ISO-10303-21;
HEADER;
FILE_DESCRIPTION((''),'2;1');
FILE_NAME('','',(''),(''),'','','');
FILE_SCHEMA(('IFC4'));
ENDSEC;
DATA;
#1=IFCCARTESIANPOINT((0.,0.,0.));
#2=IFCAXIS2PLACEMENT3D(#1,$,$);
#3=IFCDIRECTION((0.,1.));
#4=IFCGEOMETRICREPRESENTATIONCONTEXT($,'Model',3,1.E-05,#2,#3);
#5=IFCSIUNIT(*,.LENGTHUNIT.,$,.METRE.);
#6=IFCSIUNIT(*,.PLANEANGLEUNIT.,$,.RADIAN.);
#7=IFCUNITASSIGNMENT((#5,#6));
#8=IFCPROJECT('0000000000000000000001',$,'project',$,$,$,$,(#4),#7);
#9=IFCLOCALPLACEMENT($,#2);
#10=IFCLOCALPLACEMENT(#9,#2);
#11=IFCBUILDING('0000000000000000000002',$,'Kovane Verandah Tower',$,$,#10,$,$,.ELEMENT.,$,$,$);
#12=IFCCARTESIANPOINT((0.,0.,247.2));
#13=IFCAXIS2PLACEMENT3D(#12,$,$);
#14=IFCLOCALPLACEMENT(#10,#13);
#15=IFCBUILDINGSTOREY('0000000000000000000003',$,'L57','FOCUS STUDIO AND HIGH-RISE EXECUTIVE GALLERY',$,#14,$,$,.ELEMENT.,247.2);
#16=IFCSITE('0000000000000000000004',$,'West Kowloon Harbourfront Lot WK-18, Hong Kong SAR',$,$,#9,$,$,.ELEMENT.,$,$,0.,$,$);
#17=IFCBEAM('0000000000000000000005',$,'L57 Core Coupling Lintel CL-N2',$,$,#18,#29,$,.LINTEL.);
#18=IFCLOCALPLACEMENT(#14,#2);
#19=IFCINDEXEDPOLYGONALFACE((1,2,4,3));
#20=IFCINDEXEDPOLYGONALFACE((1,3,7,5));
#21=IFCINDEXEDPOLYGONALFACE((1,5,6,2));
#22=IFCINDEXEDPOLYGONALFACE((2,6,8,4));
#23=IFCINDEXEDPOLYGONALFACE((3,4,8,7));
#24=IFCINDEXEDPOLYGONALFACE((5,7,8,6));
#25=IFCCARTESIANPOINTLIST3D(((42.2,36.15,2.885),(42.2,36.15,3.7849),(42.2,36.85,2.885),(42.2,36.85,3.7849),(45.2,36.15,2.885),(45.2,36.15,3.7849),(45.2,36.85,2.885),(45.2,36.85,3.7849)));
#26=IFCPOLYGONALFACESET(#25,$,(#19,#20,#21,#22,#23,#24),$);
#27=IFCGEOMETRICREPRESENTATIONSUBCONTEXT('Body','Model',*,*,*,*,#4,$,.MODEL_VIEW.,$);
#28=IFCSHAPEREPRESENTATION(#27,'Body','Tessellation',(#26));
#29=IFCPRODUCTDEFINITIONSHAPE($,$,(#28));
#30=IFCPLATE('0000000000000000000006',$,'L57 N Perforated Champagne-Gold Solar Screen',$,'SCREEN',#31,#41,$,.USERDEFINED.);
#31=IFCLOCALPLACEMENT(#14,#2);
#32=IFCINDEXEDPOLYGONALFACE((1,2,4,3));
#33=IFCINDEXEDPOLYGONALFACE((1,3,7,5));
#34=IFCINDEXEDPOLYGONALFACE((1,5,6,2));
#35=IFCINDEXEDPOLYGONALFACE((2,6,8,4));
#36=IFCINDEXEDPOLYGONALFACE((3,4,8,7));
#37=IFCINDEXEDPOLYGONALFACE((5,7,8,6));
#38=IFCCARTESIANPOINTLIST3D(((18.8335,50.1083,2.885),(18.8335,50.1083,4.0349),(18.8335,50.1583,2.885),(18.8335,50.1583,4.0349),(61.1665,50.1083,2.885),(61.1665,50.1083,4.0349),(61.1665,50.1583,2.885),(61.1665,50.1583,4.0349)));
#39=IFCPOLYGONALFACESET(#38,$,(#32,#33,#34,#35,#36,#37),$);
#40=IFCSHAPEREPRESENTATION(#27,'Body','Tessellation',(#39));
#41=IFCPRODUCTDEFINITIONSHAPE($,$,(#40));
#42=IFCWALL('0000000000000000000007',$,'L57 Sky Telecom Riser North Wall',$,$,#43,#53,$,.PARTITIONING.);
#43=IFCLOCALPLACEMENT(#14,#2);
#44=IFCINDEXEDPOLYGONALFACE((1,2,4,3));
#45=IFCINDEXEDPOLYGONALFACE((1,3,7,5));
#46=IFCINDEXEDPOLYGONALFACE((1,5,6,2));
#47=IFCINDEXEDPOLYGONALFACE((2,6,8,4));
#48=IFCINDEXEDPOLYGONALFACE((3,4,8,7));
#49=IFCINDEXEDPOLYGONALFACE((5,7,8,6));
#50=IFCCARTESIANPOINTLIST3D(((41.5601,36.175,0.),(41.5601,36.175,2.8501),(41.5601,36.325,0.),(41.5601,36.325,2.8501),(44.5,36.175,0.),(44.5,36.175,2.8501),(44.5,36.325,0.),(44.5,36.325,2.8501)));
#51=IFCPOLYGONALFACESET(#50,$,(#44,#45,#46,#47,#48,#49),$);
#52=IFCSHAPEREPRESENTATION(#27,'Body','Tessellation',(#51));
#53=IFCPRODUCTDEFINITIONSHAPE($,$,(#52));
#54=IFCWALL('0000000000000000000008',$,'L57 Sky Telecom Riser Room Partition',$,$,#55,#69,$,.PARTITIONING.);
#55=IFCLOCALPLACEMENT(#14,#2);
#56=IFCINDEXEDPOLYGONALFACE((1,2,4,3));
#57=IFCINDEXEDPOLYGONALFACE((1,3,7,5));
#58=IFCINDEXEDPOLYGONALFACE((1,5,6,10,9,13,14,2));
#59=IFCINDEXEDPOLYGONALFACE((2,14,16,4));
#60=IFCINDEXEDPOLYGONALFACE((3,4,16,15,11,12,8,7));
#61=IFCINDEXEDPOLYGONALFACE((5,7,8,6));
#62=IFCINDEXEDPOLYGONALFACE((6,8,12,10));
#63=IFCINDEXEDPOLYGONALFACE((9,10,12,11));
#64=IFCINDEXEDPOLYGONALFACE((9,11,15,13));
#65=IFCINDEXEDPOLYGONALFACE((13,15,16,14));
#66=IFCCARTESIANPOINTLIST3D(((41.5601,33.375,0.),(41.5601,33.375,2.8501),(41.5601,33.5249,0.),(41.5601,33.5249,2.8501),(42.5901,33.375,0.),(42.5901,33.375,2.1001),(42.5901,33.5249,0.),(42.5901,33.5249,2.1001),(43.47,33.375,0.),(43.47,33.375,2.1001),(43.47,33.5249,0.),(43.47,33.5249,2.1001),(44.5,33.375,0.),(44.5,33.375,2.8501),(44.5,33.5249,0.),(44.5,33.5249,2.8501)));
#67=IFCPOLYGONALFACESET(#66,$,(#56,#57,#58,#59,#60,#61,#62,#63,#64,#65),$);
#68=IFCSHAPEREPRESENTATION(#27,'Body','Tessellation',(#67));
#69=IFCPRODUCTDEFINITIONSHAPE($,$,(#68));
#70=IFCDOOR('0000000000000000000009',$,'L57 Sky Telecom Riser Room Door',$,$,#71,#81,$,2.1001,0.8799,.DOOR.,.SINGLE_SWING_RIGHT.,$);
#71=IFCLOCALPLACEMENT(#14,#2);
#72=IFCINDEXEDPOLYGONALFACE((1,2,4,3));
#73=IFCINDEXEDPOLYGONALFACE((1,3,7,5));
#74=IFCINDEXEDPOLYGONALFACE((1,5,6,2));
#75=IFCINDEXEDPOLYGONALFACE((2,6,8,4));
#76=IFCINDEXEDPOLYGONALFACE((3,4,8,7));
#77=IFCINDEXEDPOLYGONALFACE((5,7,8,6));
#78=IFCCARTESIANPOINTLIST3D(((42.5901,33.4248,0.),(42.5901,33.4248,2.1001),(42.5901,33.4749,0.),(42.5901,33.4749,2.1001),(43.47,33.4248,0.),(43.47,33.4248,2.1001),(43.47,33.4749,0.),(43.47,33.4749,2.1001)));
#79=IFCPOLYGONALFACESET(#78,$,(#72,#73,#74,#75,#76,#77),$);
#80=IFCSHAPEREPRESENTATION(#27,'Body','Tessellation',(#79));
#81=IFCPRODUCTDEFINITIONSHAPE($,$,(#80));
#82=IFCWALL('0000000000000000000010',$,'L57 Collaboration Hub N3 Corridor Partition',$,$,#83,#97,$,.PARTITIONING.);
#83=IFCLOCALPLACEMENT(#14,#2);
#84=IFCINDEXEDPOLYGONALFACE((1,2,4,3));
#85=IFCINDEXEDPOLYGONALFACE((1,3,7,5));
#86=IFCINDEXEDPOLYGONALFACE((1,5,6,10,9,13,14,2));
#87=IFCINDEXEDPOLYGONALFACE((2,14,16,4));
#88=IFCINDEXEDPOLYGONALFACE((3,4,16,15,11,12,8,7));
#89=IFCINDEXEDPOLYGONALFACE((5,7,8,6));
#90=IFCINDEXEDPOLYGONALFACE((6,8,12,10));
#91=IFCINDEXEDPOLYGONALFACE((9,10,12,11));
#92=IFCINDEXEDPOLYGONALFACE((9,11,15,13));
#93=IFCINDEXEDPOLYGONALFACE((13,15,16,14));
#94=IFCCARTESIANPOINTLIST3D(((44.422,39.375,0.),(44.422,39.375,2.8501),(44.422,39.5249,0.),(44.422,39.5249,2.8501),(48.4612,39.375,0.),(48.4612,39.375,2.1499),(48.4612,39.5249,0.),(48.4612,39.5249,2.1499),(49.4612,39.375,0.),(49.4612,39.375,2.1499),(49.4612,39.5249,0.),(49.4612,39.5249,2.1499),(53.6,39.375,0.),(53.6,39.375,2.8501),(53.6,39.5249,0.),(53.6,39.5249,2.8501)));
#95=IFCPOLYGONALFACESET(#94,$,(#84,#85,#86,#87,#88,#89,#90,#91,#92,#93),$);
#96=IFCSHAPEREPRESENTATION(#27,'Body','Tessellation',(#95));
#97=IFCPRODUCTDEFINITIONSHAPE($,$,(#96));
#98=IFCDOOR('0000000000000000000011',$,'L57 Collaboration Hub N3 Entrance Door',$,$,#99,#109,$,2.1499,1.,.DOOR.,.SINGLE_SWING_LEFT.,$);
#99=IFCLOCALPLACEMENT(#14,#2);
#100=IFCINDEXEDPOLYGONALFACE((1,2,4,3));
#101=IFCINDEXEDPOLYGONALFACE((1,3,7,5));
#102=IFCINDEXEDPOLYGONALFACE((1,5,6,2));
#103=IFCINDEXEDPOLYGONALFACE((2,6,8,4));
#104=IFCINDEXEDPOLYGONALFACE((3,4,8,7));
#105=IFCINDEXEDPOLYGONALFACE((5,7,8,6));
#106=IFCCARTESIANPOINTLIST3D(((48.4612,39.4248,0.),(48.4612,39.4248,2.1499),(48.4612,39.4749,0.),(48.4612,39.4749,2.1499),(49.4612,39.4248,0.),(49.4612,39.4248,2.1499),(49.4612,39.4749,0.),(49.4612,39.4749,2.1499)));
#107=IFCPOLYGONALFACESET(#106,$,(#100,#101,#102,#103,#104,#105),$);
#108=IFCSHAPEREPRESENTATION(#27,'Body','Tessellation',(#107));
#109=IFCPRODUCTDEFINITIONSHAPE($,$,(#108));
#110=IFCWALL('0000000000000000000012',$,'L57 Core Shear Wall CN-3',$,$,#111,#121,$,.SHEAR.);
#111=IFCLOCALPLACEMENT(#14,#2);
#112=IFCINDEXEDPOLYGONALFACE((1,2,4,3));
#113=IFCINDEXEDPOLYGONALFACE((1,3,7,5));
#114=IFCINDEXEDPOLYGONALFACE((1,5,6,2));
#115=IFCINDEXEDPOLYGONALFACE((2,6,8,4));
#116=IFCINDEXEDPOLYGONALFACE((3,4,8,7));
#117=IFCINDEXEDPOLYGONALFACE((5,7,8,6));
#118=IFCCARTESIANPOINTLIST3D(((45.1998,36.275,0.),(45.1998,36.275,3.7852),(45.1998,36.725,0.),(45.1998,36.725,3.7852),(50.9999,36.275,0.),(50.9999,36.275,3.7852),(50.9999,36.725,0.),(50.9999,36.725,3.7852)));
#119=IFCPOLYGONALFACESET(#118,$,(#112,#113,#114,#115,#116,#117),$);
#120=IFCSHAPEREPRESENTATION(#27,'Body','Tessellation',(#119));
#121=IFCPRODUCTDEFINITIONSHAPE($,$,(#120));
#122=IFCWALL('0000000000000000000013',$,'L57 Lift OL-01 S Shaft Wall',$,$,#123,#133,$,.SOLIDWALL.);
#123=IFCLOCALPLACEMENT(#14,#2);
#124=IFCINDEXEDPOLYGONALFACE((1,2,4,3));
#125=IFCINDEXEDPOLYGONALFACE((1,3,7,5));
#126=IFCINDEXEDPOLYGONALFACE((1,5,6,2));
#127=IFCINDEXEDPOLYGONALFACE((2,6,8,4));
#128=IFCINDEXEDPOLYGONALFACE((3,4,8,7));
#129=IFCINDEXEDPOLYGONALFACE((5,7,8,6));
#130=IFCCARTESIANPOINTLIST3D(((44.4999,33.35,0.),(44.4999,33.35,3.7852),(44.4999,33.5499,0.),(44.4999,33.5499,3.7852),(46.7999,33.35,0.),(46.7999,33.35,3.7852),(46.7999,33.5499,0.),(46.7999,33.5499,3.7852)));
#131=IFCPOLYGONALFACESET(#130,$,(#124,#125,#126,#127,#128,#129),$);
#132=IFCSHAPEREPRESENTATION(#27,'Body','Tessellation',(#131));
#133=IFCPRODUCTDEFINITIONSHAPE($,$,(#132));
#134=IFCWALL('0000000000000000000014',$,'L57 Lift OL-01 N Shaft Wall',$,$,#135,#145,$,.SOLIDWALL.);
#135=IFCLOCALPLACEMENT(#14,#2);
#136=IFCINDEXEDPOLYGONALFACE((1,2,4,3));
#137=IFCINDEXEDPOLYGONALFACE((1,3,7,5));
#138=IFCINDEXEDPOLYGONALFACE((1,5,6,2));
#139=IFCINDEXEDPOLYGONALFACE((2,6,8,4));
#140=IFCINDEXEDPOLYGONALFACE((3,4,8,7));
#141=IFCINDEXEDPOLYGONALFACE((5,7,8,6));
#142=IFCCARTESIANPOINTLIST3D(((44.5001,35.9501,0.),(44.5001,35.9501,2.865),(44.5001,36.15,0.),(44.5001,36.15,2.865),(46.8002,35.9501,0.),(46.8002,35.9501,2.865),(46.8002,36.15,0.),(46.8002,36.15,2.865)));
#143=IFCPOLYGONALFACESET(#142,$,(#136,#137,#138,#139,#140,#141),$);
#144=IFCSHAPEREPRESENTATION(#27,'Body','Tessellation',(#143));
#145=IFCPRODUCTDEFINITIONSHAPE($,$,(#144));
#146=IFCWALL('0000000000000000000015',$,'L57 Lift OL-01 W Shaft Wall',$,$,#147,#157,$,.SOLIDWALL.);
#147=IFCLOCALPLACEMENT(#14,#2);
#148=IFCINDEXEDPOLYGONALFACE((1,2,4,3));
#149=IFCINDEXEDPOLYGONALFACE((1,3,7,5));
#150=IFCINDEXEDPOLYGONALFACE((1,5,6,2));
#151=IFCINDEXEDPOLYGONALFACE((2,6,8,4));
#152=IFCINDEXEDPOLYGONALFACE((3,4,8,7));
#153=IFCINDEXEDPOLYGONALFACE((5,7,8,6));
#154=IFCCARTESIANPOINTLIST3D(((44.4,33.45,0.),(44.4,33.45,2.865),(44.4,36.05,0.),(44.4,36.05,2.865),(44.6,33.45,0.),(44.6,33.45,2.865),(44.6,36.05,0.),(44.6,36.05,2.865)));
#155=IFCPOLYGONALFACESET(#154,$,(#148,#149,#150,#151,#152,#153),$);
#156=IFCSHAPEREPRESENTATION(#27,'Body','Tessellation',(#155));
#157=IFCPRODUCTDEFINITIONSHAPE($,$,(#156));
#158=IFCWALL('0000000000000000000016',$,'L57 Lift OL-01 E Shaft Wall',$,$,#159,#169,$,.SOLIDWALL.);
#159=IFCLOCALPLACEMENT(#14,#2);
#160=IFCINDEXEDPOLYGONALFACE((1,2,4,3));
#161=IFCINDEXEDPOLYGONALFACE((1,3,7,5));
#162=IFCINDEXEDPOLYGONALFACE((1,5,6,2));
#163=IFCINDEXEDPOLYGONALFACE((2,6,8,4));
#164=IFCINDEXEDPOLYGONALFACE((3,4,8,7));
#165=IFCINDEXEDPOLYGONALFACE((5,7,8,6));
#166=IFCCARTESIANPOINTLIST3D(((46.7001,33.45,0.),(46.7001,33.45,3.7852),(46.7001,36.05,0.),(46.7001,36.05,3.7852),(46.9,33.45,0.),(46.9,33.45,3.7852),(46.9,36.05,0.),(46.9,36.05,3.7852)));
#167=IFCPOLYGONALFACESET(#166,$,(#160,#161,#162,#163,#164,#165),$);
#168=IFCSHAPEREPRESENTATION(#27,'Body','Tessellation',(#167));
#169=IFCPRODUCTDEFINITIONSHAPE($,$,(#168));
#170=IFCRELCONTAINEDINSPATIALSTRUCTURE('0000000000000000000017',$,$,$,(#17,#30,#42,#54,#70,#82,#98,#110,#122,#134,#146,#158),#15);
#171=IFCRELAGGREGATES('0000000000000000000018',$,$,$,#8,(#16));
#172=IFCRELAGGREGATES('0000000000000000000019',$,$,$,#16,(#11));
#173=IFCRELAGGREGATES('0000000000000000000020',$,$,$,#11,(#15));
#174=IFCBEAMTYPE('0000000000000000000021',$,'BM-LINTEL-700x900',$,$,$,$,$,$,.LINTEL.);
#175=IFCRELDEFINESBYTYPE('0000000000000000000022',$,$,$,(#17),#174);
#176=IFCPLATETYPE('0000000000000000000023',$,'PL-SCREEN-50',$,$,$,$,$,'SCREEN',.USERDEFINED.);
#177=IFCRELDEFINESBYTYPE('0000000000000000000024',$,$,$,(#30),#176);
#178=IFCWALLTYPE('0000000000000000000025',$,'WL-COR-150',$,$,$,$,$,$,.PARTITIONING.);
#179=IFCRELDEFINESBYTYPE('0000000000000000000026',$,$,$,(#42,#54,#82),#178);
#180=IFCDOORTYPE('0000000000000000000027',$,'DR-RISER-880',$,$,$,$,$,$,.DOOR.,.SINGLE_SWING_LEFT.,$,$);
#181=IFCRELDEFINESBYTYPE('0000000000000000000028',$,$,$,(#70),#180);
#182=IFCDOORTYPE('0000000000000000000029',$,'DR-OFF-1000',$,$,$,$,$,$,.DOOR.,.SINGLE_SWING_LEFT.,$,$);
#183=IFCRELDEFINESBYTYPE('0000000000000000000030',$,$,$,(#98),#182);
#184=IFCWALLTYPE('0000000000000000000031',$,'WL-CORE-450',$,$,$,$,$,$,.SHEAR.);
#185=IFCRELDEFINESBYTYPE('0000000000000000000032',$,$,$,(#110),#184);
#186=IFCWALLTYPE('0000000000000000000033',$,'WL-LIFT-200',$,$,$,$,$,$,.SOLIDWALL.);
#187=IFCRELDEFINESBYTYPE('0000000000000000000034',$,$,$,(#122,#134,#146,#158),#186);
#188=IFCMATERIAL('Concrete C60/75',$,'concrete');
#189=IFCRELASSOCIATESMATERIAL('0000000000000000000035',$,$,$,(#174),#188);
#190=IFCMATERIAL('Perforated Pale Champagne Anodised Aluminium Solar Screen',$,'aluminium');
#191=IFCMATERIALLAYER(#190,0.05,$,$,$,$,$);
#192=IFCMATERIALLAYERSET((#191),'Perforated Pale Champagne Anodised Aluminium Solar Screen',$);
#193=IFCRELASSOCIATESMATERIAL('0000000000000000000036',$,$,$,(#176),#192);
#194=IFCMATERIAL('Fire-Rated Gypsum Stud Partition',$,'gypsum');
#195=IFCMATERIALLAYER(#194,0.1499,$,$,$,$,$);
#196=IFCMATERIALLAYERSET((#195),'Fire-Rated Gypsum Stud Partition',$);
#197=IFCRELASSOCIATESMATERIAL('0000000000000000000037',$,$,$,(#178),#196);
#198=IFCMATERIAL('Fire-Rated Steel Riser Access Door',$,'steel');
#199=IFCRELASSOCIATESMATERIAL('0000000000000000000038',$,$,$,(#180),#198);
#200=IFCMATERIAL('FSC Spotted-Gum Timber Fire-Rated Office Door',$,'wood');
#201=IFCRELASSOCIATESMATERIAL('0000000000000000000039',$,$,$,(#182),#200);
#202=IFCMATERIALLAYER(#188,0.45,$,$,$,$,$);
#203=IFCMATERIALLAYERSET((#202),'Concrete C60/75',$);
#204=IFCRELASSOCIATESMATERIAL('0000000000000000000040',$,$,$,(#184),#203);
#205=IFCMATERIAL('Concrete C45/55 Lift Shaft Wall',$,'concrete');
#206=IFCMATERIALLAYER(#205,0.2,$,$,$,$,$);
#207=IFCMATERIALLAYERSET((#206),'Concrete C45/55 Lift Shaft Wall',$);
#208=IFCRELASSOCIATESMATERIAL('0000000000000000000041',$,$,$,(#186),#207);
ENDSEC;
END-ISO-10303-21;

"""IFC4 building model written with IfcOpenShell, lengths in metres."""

from ifc_helpers import new_model, si_unit, direction, frame, frame_2d, origin, origin_2d, place, context, subcontext, project, spatial, rectangle, extrude, material, layer, layer_set, material_profile, profile_set, type_object, element, fill, save


model = new_model("IFC4")

# Units and contexts
model_context = context("Model", 3, precision=1e-05, world=origin(), true_north=direction((0.0, 1.0)))
body_context = subcontext(model_context, "Body", "Model", "MODEL_VIEW")
ifc_project = project(units=[si_unit("LENGTHUNIT", "METRE"), si_unit("PLANEANGLEUNIT", "RADIAN")], contexts=[model_context])

# Site, building, storey
site_placement = place(None, origin())
site = spatial("IfcSite", under=ifc_project, at=site_placement, Name="West Kowloon Harbourfront Lot WK-18, Hong Kong SAR", CompositionType="ELEMENT", RefElevation=0.0)
building_placement = place(site_placement, origin())
building = spatial("IfcBuilding", under=site, at=building_placement, Name="Kovane Verandah Tower", CompositionType="ELEMENT")
storey_placement = place(building_placement, frame((0.0, 0.0, 247.2)))
storey = spatial("IfcBuildingStorey", under=building, at=storey_placement, Name="L57", Description="FOCUS STUDIO AND HIGH-RISE EXECUTIVE GALLERY", CompositionType="ELEMENT", Elevation=247.2)

# Beam
ifc_material_1 = material(Name="Concrete C60/75", Category="concrete")
ifc_material_profile = material_profile(ifc_material_1, rectangle(XDim=0.7, YDim=0.8999, at=origin_2d()), Name="RCB700x900")
ifc_profile_set = profile_set([ifc_material_profile], Name="Concrete C60/75")
beam_type = type_object("IfcBeamType", Name="BM-LINTEL-700x900", PredefinedType="LINTEL", material=ifc_profile_set)
beam_placement = place(storey_placement, frame((42.2, 36.5, 3.335), z_axis=(1.0, 0.0, 0.0), x_axis=(0.0, 1.0, 0.0)))
element("IfcBeam", 1, at=beam_placement, inside=storey, type_object=beam_type, Name="L57 Core Coupling Lintel CL-N2", PredefinedType="LINTEL", context=body_context, shape_type="SweptSolid", body=[
    extrude(rectangle(XDim=0.7, YDim=0.8999, at=origin_2d()), origin(), (0.0, 0.0, 1.0), 3.0),
])

# Plate
ifc_material_2 = material(Name="Perforated Pale Champagne Anodised Aluminium Solar Screen", Category="aluminium")
ifc_layer_1 = layer(ifc_material_2, 0.05)
ifc_layer_set_1 = layer_set([ifc_layer_1], Name="Perforated Pale Champagne Anodised Aluminium Solar Screen")
plate_type = type_object("IfcPlateType", Name="PL-SCREEN-50", ElementType="SCREEN", PredefinedType="USERDEFINED", material=ifc_layer_set_1)
plate_placement = place(storey_placement, frame((40.0, 50.1333, 2.885), z_axis=(0.0, 0.0, 1.0), x_axis=(-1.0, 0.0, 0.0)))
element("IfcPlate", 2, at=plate_placement, inside=storey, type_object=plate_type, Name="L57 N Perforated Champagne-Gold Solar Screen", ObjectType="SCREEN", PredefinedType="USERDEFINED", context=body_context, shape_type="SweptSolid", body=[
    extrude(rectangle(XDim=42.333, YDim=0.05, at=origin_2d()), origin(), (0.0, 0.0, 1.0), 1.1499),
])

# Wall
ifc_material_3 = material(Name="Fire-Rated Gypsum Stud Partition", Category="gypsum")
ifc_layer_2 = layer(ifc_material_3, 0.1499)
ifc_layer_set_2 = layer_set([ifc_layer_2], Name="Fire-Rated Gypsum Stud Partition")
wall_type_1 = type_object("IfcWallType", Name="WL-COR-150", PredefinedType="PARTITIONING", material=ifc_layer_set_2)
wall_1_placement = place(storey_placement, frame((41.5601, 36.25, 0.0), z_axis=(0.0, 0.0, 1.0), x_axis=(1.0, 0.0, 0.0)))
element("IfcWall", 3, at=wall_1_placement, inside=storey, type_object=wall_type_1, Name="L57 Sky Telecom Riser North Wall", PredefinedType="PARTITIONING", context=body_context, shape_type="SweptSolid", body=[
    extrude(rectangle(XDim=2.9399, YDim=0.1499, at=frame_2d((1.47, 0.0))), origin(), (0.0, 0.0, 1.0), 2.8501),
])

# Walls, openings, doors
wall_2_placement = place(storey_placement, frame((41.5601, 33.45, 0.0), z_axis=(0.0, 0.0, 1.0), x_axis=(1.0, 0.0, 0.0)))
wall_2 = element("IfcWall", 4, at=wall_2_placement, inside=storey, type_object=wall_type_1, Name="L57 Sky Telecom Riser Room Partition", PredefinedType="PARTITIONING", context=body_context, shape_type="SweptSolid", body=[
    extrude(rectangle(XDim=2.9399, YDim=0.1499, at=frame_2d((1.47, 0.0))), origin(), (0.0, 0.0, 1.0), 2.8501),
])
opening_1_placement = place(wall_2_placement, frame((1.03, 0.0, 0.0)))
opening_1 = element("IfcOpeningElement", 5, at=opening_1_placement, cuts=wall_2, PredefinedType="OPENING", context=body_context, shape_type="SweptSolid", body=[
    extrude(rectangle(XDim=0.8799, YDim=2.1001, at=frame_2d((0.4399, 1.05))), frame((0.0, 0.075, 0.0), z_axis=(0.0, -1.0, 0.0), x_axis=(1.0, 0.0, 0.0)), (0.0, 0.0, 1.0), 0.1499),
])
ifc_material_4 = material(Name="Fire-Rated Steel Riser Access Door", Category="steel")
door_type_1 = type_object("IfcDoorType", Name="DR-RISER-880", OperationType="SINGLE_SWING_LEFT", PredefinedType="DOOR", material=ifc_material_4)
door_1_placement = place(opening_1_placement, origin())
door_1 = element("IfcDoor", 6, at=door_1_placement, inside=storey, type_object=door_type_1, Name="L57 Sky Telecom Riser Room Door", OperationType="SINGLE_SWING_RIGHT", OverallHeight=2.1001, OverallWidth=0.8799, PredefinedType="DOOR", context=body_context, shape_type="SweptSolid", body=[
    extrude(rectangle(XDim=0.8799, YDim=2.1001, at=frame_2d((0.4399, 1.05))), frame((0.0, 0.0249, 0.0), z_axis=(0.0, -1.0, 0.0), x_axis=(1.0, 0.0, 0.0)), (0.0, 0.0, 1.0), 0.05),
])
fill(opening_1, door_1)
wall_3_placement = place(storey_placement, frame((44.4221, 39.45, 0.0), z_axis=(0.0, 0.0, 1.0), x_axis=(1.0, 0.0, 0.0)))
wall_3 = element("IfcWall", 7, at=wall_3_placement, inside=storey, type_object=wall_type_1, Name="L57 Collaboration Hub N3 Corridor Partition", PredefinedType="PARTITIONING", context=body_context, shape_type="SweptSolid", body=[
    extrude(rectangle(XDim=9.178, YDim=0.1499, at=frame_2d((4.5889, 0.0))), origin(), (0.0, 0.0, 1.0), 2.8501),
])
opening_2_placement = place(wall_3_placement, frame((4.0391, 0.0, 0.0)))
opening_2 = element("IfcOpeningElement", 8, at=opening_2_placement, cuts=wall_3, PredefinedType="OPENING", context=body_context, shape_type="SweptSolid", body=[
    extrude(rectangle(XDim=1.0, YDim=2.1499, at=frame_2d((0.5, 1.075))), frame((0.0, 0.075, 0.0), z_axis=(0.0, -1.0, 0.0), x_axis=(1.0, 0.0, 0.0)), (0.0, 0.0, 1.0), 0.1499),
])
ifc_material_5 = material(Name="FSC Spotted-Gum Timber Fire-Rated Office Door", Category="wood")
door_type_2 = type_object("IfcDoorType", Name="DR-OFF-1000", OperationType="SINGLE_SWING_LEFT", PredefinedType="DOOR", material=ifc_material_5)
door_2_placement = place(opening_2_placement, origin())
door_2 = element("IfcDoor", 9, at=door_2_placement, inside=storey, type_object=door_type_2, Name="L57 Collaboration Hub N3 Entrance Door", OperationType="SINGLE_SWING_LEFT", OverallHeight=2.1499, OverallWidth=1.0, PredefinedType="DOOR", context=body_context, shape_type="SweptSolid", body=[
    extrude(rectangle(XDim=1.0, YDim=2.1499, at=frame_2d((0.5, 1.075))), frame((0.0, 0.0249, 0.0), z_axis=(0.0, -1.0, 0.0), x_axis=(1.0, 0.0, 0.0)), (0.0, 0.0, 1.0), 0.05),
])
fill(opening_2, door_2)

# Walls
ifc_layer_3 = layer(ifc_material_1, 0.45)
ifc_layer_set_3 = layer_set([ifc_layer_3], Name="Concrete C60/75")
wall_type_2 = type_object("IfcWallType", Name="WL-CORE-450", PredefinedType="SHEAR", material=ifc_layer_set_3)
wall_4_placement = place(storey_placement, frame((45.2, 36.5, 0.0), z_axis=(0.0, 0.0, 1.0), x_axis=(1.0, 0.0, 0.0)))
element("IfcWall", 10, at=wall_4_placement, inside=storey, type_object=wall_type_2, Name="L57 Core Shear Wall CN-3", PredefinedType="SHEAR", context=body_context, shape_type="SweptSolid", body=[
    extrude(rectangle(XDim=5.8, YDim=0.45, at=frame_2d((2.8999, 0.0))), origin(), (0.0, 0.0, 1.0), 3.7852),
])
ifc_material_6 = material(Name="Concrete C45/55 Lift Shaft Wall", Category="concrete")
ifc_layer_4 = layer(ifc_material_6, 0.2)
ifc_layer_set_4 = layer_set([ifc_layer_4], Name="Concrete C45/55 Lift Shaft Wall")
wall_type_3 = type_object("IfcWallType", Name="WL-LIFT-200", PredefinedType="SOLIDWALL", material=ifc_layer_set_4)
wall_5_placement = place(storey_placement, frame((44.5, 33.45, 0.0), z_axis=(0.0, 0.0, 1.0), x_axis=(1.0, 0.0, 0.0)))
element("IfcWall", 11, at=wall_5_placement, inside=storey, type_object=wall_type_3, Name="L57 Lift OL-01 S Shaft Wall", PredefinedType="SOLIDWALL", context=body_context, shape_type="SweptSolid", body=[
    extrude(rectangle(XDim=2.3, YDim=0.2, at=frame_2d((1.1499, 0.0))), origin(), (0.0, 0.0, 1.0), 3.7852),
])
wall_6_placement = place(storey_placement, frame((46.8, 36.05, 0.0), z_axis=(0.0, 0.0, 1.0), x_axis=(-1.0, 0.0, 0.0)))
element("IfcWall", 12, at=wall_6_placement, inside=storey, type_object=wall_type_3, Name="L57 Lift OL-01 N Shaft Wall", PredefinedType="SOLIDWALL", context=body_context, shape_type="SweptSolid", body=[
    extrude(rectangle(XDim=2.3, YDim=0.2, at=frame_2d((1.1499, 0.0))), origin(), (0.0, 0.0, 1.0), 2.865),
])
wall_7_placement = place(storey_placement, frame((44.5, 36.05, 0.0), z_axis=(0.0, 0.0, 1.0), x_axis=(0.0, -1.0, 0.0)))
element("IfcWall", 13, at=wall_7_placement, inside=storey, type_object=wall_type_3, Name="L57 Lift OL-01 W Shaft Wall", PredefinedType="SOLIDWALL", context=body_context, shape_type="SweptSolid", body=[
    extrude(rectangle(XDim=2.6001, YDim=0.2, at=frame_2d((1.3, 0.0))), origin(), (0.0, 0.0, 1.0), 2.865),
])
wall_8_placement = place(storey_placement, frame((46.8, 33.45, 0.0), z_axis=(0.0, 0.0, 1.0), x_axis=(0.0, 1.0, 0.0)))
element("IfcWall", 14, at=wall_8_placement, inside=storey, type_object=wall_type_3, Name="L57 Lift OL-01 E Shaft Wall", PredefinedType="SOLIDWALL", context=body_context, shape_type="SweptSolid", body=[
    extrude(rectangle(XDim=2.6001, YDim=0.2, at=frame_2d((1.3, 0.0))), origin(), (0.0, 0.0, 1.0), 3.7852),
])

save(model, "model.ifc")
